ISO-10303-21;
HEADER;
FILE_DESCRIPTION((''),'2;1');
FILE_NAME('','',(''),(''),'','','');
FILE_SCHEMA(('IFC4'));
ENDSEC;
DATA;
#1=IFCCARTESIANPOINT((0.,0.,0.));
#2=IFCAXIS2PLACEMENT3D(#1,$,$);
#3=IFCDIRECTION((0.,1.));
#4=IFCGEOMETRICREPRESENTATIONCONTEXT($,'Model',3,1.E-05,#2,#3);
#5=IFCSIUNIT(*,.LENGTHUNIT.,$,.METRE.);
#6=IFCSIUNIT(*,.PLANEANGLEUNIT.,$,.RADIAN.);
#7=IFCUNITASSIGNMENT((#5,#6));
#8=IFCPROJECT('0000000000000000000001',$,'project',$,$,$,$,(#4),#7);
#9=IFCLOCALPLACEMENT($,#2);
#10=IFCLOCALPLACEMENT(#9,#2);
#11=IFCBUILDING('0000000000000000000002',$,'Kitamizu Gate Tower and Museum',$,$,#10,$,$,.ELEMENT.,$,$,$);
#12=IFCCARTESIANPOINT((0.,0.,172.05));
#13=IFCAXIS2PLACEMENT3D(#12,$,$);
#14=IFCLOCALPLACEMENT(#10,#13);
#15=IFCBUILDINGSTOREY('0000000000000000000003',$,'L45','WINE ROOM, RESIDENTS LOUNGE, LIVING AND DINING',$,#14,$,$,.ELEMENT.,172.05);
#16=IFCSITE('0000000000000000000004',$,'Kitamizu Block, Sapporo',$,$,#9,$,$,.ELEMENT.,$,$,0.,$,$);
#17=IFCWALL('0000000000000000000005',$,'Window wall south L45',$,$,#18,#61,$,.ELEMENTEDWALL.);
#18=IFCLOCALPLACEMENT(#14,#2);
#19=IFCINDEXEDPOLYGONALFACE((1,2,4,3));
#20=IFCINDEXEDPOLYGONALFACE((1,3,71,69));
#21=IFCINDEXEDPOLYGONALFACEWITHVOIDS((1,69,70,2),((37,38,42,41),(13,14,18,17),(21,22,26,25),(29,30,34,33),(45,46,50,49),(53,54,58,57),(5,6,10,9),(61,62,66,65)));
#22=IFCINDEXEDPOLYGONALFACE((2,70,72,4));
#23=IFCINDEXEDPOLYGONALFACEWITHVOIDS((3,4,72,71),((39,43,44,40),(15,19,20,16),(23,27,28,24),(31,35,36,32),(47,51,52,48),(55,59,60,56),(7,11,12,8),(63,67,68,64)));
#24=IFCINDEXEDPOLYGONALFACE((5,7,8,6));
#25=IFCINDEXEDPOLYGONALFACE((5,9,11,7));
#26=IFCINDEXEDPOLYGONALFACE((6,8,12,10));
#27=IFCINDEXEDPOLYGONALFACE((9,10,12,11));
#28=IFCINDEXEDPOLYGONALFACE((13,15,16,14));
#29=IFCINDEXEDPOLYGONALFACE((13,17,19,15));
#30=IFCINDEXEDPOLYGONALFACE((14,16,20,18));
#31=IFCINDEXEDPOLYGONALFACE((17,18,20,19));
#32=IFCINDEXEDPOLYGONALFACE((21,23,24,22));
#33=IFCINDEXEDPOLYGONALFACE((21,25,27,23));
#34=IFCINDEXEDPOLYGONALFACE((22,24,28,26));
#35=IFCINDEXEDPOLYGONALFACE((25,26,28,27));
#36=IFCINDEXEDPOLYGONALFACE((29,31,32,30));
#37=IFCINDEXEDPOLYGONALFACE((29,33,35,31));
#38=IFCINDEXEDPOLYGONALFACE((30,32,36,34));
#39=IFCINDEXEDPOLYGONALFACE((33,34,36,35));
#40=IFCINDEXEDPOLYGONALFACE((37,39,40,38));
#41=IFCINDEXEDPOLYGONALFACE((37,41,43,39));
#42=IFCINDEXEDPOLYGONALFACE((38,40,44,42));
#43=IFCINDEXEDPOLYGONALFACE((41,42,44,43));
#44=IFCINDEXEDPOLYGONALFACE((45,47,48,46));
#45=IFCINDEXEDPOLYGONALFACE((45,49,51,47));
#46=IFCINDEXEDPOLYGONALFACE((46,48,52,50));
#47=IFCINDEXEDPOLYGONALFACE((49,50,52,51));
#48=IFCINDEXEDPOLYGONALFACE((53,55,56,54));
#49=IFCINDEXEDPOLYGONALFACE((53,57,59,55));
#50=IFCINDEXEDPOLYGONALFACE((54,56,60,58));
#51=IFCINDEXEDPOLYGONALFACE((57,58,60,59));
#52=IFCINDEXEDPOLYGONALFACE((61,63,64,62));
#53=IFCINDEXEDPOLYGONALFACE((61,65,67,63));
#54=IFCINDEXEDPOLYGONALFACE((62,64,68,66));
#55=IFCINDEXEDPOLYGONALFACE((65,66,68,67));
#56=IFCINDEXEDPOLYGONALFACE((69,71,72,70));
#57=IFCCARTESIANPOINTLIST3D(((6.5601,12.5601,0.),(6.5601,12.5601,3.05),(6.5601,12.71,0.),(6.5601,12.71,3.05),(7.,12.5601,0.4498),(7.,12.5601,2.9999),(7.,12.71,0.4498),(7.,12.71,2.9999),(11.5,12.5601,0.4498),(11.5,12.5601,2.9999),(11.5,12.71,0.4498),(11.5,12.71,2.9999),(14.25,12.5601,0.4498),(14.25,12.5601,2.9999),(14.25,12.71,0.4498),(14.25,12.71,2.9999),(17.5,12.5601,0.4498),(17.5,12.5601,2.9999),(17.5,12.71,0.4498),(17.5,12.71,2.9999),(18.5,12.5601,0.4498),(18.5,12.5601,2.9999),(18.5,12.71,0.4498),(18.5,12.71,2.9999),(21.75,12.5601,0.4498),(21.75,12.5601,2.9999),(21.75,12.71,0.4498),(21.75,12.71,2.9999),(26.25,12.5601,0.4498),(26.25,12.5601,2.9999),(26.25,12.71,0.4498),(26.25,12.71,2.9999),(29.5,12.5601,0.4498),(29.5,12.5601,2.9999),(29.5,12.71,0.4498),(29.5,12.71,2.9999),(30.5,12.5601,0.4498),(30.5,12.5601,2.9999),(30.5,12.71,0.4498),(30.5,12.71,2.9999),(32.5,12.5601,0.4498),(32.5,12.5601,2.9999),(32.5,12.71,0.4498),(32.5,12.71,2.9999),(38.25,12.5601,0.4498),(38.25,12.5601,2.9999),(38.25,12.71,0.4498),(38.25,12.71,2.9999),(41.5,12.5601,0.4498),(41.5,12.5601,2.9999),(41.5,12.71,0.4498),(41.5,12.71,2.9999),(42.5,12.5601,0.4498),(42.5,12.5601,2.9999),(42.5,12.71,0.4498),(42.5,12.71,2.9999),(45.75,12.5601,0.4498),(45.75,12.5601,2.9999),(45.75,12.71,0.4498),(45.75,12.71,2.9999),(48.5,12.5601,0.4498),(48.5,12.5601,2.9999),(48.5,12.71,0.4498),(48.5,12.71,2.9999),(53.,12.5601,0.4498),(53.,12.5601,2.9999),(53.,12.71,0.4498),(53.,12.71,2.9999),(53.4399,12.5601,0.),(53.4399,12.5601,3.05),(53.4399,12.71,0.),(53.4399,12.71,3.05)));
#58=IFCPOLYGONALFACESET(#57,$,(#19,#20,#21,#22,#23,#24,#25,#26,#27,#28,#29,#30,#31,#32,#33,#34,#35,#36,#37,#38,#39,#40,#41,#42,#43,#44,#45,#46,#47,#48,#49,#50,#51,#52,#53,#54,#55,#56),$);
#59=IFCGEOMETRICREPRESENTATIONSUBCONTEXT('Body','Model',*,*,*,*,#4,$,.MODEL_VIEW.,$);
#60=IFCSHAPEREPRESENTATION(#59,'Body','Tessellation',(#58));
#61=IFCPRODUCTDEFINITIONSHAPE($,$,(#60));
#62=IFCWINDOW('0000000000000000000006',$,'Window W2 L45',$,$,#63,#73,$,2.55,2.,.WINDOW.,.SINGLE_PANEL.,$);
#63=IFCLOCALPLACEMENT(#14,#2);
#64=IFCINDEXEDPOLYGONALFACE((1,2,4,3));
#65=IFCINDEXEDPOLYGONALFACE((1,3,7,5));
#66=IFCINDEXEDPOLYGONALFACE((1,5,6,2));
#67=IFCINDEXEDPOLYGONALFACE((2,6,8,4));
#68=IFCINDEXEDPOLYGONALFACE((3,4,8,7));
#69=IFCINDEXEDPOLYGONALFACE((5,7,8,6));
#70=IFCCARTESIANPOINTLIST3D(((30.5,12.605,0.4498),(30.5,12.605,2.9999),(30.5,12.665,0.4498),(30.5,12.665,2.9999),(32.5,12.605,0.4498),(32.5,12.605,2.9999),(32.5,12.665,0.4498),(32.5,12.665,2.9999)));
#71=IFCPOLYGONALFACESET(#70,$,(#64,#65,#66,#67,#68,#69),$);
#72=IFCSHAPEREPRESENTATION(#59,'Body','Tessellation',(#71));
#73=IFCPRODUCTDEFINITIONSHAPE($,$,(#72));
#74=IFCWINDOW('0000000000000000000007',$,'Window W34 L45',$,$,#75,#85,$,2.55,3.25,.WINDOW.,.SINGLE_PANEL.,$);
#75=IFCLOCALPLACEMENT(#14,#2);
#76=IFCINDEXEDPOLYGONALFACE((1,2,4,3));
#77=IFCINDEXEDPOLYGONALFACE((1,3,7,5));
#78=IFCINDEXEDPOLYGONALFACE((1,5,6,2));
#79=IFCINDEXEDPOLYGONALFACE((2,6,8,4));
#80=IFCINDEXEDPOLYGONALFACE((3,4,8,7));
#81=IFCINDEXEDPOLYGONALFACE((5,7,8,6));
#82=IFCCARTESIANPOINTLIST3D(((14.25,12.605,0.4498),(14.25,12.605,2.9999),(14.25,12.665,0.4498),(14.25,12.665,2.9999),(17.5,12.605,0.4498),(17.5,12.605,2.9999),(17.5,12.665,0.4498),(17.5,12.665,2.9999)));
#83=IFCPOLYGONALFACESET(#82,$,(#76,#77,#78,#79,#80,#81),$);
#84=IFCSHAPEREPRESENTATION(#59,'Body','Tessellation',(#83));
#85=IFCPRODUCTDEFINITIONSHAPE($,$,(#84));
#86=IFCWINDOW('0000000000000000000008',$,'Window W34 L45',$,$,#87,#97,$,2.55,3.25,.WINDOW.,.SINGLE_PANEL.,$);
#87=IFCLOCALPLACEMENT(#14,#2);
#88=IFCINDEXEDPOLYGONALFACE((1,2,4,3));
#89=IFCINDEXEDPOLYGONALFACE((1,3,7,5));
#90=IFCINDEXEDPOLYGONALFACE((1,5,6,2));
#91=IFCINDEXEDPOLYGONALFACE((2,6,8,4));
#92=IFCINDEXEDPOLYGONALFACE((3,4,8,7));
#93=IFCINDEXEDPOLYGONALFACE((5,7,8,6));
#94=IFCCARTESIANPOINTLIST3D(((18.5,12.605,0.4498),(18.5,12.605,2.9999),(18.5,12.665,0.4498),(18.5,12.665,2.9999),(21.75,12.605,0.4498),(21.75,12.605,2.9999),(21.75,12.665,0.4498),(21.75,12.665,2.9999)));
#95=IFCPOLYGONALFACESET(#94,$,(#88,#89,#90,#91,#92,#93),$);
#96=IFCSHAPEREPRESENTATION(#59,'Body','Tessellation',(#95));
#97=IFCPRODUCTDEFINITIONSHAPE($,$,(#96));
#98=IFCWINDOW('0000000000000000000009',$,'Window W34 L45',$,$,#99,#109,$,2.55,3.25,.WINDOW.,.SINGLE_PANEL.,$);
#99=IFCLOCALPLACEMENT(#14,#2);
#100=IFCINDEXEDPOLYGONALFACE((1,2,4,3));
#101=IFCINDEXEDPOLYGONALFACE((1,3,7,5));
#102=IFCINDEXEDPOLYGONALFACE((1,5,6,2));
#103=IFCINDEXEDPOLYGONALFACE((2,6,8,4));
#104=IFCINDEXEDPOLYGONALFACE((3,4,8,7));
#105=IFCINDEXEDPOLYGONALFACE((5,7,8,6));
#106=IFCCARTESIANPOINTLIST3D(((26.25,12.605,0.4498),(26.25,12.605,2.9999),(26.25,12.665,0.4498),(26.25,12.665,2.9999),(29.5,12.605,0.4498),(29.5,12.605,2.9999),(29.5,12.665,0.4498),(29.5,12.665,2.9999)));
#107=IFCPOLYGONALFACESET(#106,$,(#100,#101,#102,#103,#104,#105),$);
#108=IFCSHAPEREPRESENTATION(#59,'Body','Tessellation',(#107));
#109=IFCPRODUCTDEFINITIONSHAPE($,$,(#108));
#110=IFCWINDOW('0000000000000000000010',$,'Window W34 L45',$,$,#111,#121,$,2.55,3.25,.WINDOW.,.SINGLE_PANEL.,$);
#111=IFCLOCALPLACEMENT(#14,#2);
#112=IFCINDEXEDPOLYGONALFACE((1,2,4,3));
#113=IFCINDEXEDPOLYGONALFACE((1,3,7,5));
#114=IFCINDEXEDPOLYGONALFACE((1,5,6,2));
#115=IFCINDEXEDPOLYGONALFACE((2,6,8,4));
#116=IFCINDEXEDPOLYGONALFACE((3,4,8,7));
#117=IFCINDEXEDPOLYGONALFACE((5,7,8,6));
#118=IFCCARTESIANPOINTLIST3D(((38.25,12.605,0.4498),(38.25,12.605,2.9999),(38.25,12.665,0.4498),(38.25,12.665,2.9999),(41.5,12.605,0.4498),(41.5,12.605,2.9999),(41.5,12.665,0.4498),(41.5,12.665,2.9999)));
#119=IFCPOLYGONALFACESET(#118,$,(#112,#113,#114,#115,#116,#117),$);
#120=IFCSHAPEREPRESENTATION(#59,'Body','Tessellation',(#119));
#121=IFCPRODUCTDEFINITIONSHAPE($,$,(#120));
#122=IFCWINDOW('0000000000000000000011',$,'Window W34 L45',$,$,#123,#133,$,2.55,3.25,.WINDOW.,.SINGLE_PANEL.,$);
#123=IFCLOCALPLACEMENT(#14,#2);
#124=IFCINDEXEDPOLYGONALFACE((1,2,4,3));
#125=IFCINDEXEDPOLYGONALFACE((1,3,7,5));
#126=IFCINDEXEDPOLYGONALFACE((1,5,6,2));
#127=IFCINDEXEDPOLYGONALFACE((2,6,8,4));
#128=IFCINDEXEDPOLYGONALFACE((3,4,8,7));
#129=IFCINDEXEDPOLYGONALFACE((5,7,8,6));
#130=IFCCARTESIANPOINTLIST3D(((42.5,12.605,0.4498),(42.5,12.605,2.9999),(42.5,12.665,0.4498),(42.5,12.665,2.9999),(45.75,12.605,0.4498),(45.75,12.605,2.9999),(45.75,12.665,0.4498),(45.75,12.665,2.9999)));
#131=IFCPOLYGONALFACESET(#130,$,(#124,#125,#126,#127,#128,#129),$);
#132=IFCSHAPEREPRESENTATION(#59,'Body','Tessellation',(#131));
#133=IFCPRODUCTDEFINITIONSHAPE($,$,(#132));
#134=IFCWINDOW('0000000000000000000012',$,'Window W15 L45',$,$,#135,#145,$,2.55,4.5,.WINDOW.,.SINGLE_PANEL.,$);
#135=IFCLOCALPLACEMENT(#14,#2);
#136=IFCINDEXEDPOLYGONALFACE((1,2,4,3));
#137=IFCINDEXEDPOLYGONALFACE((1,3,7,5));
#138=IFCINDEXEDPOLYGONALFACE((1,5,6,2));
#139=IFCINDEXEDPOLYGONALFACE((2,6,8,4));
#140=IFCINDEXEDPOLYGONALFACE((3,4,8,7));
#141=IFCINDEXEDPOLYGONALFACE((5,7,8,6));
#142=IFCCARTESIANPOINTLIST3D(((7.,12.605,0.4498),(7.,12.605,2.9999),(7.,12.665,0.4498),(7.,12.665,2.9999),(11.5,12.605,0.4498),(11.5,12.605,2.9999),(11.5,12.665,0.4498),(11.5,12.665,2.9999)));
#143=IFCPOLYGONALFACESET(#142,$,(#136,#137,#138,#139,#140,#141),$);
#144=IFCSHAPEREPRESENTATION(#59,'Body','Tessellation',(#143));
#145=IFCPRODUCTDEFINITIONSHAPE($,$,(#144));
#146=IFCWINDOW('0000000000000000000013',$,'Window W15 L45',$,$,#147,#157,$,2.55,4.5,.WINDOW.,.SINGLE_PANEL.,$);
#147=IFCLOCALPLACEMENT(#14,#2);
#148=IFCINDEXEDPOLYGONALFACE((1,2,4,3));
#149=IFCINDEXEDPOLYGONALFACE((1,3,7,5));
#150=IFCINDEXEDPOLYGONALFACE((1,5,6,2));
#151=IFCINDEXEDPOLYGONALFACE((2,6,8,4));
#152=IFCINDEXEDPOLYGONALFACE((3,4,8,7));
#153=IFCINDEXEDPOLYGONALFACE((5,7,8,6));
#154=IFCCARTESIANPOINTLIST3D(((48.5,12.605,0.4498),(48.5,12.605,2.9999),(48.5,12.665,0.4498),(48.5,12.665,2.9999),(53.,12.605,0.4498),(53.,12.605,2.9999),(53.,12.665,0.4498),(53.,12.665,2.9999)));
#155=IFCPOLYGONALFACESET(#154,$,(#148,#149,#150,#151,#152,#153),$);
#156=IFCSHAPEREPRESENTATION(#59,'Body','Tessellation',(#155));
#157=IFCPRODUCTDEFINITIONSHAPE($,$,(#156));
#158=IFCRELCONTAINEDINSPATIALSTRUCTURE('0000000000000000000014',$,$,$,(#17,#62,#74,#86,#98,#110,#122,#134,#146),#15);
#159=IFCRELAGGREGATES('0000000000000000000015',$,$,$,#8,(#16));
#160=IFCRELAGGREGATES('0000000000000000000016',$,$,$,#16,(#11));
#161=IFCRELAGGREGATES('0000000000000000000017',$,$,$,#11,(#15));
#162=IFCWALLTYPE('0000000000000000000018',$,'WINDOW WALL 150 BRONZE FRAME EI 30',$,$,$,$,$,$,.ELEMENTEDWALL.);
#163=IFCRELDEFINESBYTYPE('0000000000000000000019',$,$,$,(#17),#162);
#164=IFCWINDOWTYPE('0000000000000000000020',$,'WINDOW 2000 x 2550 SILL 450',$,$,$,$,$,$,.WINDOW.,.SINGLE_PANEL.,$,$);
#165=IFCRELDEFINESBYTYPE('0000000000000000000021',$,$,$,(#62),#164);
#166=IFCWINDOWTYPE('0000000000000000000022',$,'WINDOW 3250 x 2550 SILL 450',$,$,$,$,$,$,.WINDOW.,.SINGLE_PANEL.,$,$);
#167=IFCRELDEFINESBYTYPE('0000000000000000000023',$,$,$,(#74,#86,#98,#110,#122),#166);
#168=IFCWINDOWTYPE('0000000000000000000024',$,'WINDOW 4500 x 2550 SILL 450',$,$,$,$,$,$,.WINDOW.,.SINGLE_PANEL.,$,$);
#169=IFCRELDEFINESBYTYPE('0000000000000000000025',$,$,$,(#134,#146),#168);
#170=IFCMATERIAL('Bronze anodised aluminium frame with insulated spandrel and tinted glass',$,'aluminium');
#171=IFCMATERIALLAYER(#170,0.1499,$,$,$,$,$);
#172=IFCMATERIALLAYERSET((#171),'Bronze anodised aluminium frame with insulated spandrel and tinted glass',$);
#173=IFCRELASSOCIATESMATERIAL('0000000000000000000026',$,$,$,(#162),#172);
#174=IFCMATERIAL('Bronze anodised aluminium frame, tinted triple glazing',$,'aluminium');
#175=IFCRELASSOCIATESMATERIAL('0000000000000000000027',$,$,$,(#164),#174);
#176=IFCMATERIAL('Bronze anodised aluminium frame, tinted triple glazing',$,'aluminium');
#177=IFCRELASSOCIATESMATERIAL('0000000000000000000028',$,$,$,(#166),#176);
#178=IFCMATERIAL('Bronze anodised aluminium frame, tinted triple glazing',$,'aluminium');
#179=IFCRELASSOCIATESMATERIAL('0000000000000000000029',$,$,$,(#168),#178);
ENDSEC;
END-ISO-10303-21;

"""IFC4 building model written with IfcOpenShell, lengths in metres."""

from ifc_helpers import new_model, si_unit, direction, frame, frame_2d, origin, place, context, subcontext, project, spatial, rectangle, extrude, material, layer, layer_set, type_object, element, fill, save


model = new_model("IFC4")

# Units and contexts
model_context = context("Model", 3, precision=1e-05, world=origin(), true_north=direction((0.0, 1.0)))
body_context = subcontext(model_context, "Body", "Model", "MODEL_VIEW")
ifc_project = project(units=[si_unit("LENGTHUNIT", "METRE"), si_unit("PLANEANGLEUNIT", "RADIAN")], contexts=[model_context])

# Site, building, storey
site_placement = place(None, origin())
site = spatial("IfcSite", under=ifc_project, at=site_placement, Name="Kitamizu Block, Sapporo", CompositionType="ELEMENT", RefElevation=0.0)
building_placement = place(site_placement, origin())
building = spatial("IfcBuilding", under=site, at=building_placement, Name="Kitamizu Gate Tower and Museum", CompositionType="ELEMENT")
storey_placement = place(building_placement, frame((0.0, 0.0, 172.05)))
storey = spatial("IfcBuildingStorey", under=building, at=storey_placement, Name="L45", Description="WINE ROOM, RESIDENTS LOUNGE, LIVING AND DINING", CompositionType="ELEMENT", Elevation=172.05)

# Wall, openings, windows
ifc_material_1 = material(Name="Bronze anodised aluminium frame with insulated spandrel and tinted glass", Category="aluminium")
ifc_layer_1 = layer(ifc_material_1, 0.1499)
ifc_layer_set_1 = layer_set([ifc_layer_1], Name="Bronze anodised aluminium frame with insulated spandrel and tinted glass")
wall_type = type_object("IfcWallType", Name="WINDOW WALL 150 BRONZE FRAME EI 30", PredefinedType="ELEMENTEDWALL", material=ifc_layer_set_1)
wall_1_placement = place(storey_placement, frame((6.5601, 12.635, 0.0), z_axis=(0.0, 0.0, 1.0), x_axis=(1.0, 0.0, 0.0)))
wall_1 = element("IfcWall", 1, at=wall_1_placement, inside=storey, type_object=wall_type, Name="Window wall south L45", PredefinedType="ELEMENTEDWALL", context=body_context, shape_type="SweptSolid", body=[
    extrude(rectangle(XDim=46.8799, YDim=0.1499, at=frame_2d((23.4399, 0.0))), origin(), (0.0, 0.0, 1.0), 3.05),
])
opening_1_placement = place(wall_1_placement, frame((0.4399, 0.0, 0.45)))
opening_1 = element("IfcOpeningElement", 2, at=opening_1_placement, cuts=wall_1, PredefinedType="OPENING", context=body_context, shape_type="SweptSolid", body=[
    extrude(rectangle(XDim=4.5, YDim=2.55, at=frame_2d((2.25, 1.2749))), frame((0.0, 0.085, 0.0), z_axis=(0.0, -1.0, 0.0), x_axis=(1.0, 0.0, 0.0)), (0.0, 0.0, 1.0), 0.1699),
])
opening_2_placement = place(wall_1_placement, frame((7.6899, 0.0, 0.45)))
opening_2 = element("IfcOpeningElement", 3, at=opening_2_placement, cuts=wall_1, PredefinedType="OPENING", context=body_context, shape_type="SweptSolid", body=[
    extrude(rectangle(XDim=3.25, YDim=2.55, at=frame_2d((1.625, 1.2749))), frame((0.0, 0.085, 0.0), z_axis=(0.0, -1.0, 0.0), x_axis=(1.0, 0.0, 0.0)), (0.0, 0.0, 1.0), 0.1699),
])
opening_3_placement = place(wall_1_placement, frame((11.9399, 0.0, 0.45)))
opening_3 = element("IfcOpeningElement", 4, at=opening_3_placement, cuts=wall_1, PredefinedType="OPENING", context=body_context, shape_type="SweptSolid", body=[
    extrude(rectangle(XDim=3.25, YDim=2.55, at=frame_2d((1.625, 1.2749))), frame((0.0, 0.085, 0.0), z_axis=(0.0, -1.0, 0.0), x_axis=(1.0, 0.0, 0.0)), (0.0, 0.0, 1.0), 0.1699),
])
opening_4_placement = place(wall_1_placement, frame((19.6899, 0.0, 0.45)))
opening_4 = element("IfcOpeningElement", 5, at=opening_4_placement, cuts=wall_1, PredefinedType="OPENING", context=body_context, shape_type="SweptSolid", body=[
    extrude(rectangle(XDim=3.25, YDim=2.55, at=frame_2d((1.625, 1.2749))), frame((0.0, 0.085, 0.0), z_axis=(0.0, -1.0, 0.0), x_axis=(1.0, 0.0, 0.0)), (0.0, 0.0, 1.0), 0.1699),
])
opening_5_placement = place(wall_1_placement, frame((23.9399, 0.0, 0.45)))
opening_5 = element("IfcOpeningElement", 6, at=opening_5_placement, cuts=wall_1, PredefinedType="OPENING", context=body_context, shape_type="SweptSolid", body=[
    extrude(rectangle(XDim=2.0, YDim=2.55, at=frame_2d((1.0, 1.2749))), frame((0.0, 0.085, 0.0), z_axis=(0.0, -1.0, 0.0), x_axis=(1.0, 0.0, 0.0)), (0.0, 0.0, 1.0), 0.1699),
])
opening_6_placement = place(wall_1_placement, frame((31.6899, 0.0, 0.45)))
opening_6 = element("IfcOpeningElement", 7, at=opening_6_placement, cuts=wall_1, PredefinedType="OPENING", context=body_context, shape_type="SweptSolid", body=[
    extrude(rectangle(XDim=3.25, YDim=2.55, at=frame_2d((1.625, 1.2749))), frame((0.0, 0.085, 0.0), z_axis=(0.0, -1.0, 0.0), x_axis=(1.0, 0.0, 0.0)), (0.0, 0.0, 1.0), 0.1699),
])
opening_7_placement = place(wall_1_placement, frame((35.9399, 0.0, 0.45)))
opening_7 = element("IfcOpeningElement", 8, at=opening_7_placement, cuts=wall_1, PredefinedType="OPENING", context=body_context, shape_type="SweptSolid", body=[
    extrude(rectangle(XDim=3.25, YDim=2.55, at=frame_2d((1.625, 1.2749))), frame((0.0, 0.085, 0.0), z_axis=(0.0, -1.0, 0.0), x_axis=(1.0, 0.0, 0.0)), (0.0, 0.0, 1.0), 0.1699),
])
opening_8_placement = place(wall_1_placement, frame((41.9399, 0.0, 0.45)))
opening_8 = element("IfcOpeningElement", 9, at=opening_8_placement, cuts=wall_1, PredefinedType="OPENING", context=body_context, shape_type="SweptSolid", body=[
    extrude(rectangle(XDim=4.5, YDim=2.55, at=frame_2d((2.25, 1.2749))), frame((0.0, 0.085, 0.0), z_axis=(0.0, -1.0, 0.0), x_axis=(1.0, 0.0, 0.0)), (0.0, 0.0, 1.0), 0.1699),
])
ifc_material_2 = material(Name="Bronze anodised aluminium frame, tinted triple glazing", Category="aluminium")
window_type_1 = type_object("IfcWindowType", Name="WINDOW 2000 x 2550 SILL 450", PartitioningType="SINGLE_PANEL", PredefinedType="WINDOW", material=ifc_material_2)
window_1_placement = place(opening_5_placement, origin())
window_1 = element("IfcWindow", 10, at=window_1_placement, inside=storey, type_object=window_type_1, Name="Window W2 L45", OverallHeight=2.55, OverallWidth=2.0, PartitioningType="SINGLE_PANEL", PredefinedType="WINDOW", context=body_context, shape_type="SweptSolid", body=[
    extrude(rectangle(XDim=2.0, YDim=2.55, at=frame_2d((1.0, 1.2749))), frame((0.0, 0.03, 0.0), z_axis=(0.0, -1.0, 0.0), x_axis=(1.0, 0.0, 0.0)), (0.0, 0.0, 1.0), 0.0601),
])
fill(opening_5, window_1)
ifc_material_3 = material(Name="Bronze anodised aluminium frame, tinted triple glazing", Category="aluminium")
window_type_2 = type_object("IfcWindowType", Name="WINDOW 3250 x 2550 SILL 450", PartitioningType="SINGLE_PANEL", PredefinedType="WINDOW", material=ifc_material_3)
window_2_placement = place(opening_2_placement, origin())
window_2 = element("IfcWindow", 11, at=window_2_placement, inside=storey, type_object=window_type_2, Name="Window W34 L45", OverallHeight=2.55, OverallWidth=3.25, PartitioningType="SINGLE_PANEL", PredefinedType="WINDOW", context=body_context, shape_type="SweptSolid", body=[
    extrude(rectangle(XDim=3.25, YDim=2.55, at=frame_2d((1.625, 1.2749))), frame((0.0, 0.03, 0.0), z_axis=(0.0, -1.0, 0.0), x_axis=(1.0, 0.0, 0.0)), (0.0, 0.0, 1.0), 0.0601),
])
fill(opening_2, window_2)
window_3_placement = place(opening_3_placement, origin())
window_3 = element("IfcWindow", 12, at=window_3_placement, inside=storey, type_object=window_type_2, Name="Window W34 L45", OverallHeight=2.55, OverallWidth=3.25, PartitioningType="SINGLE_PANEL", PredefinedType="WINDOW", context=body_context, shape_type="SweptSolid", body=[
    extrude(rectangle(XDim=3.25, YDim=2.55, at=frame_2d((1.625, 1.2749))), frame((0.0, 0.03, 0.0), z_axis=(0.0, -1.0, 0.0), x_axis=(1.0, 0.0, 0.0)), (0.0, 0.0, 1.0), 0.0601),
])
fill(opening_3, window_3)
window_4_placement = place(opening_4_placement, origin())
window_4 = element("IfcWindow", 13, at=window_4_placement, inside=storey, type_object=window_type_2, Name="Window W34 L45", OverallHeight=2.55, OverallWidth=3.25, PartitioningType="SINGLE_PANEL", PredefinedType="WINDOW", context=body_context, shape_type="SweptSolid", body=[
    extrude(rectangle(XDim=3.25, YDim=2.55, at=frame_2d((1.625, 1.2749))), frame((0.0, 0.03, 0.0), z_axis=(0.0, -1.0, 0.0), x_axis=(1.0, 0.0, 0.0)), (0.0, 0.0, 1.0), 0.0601),
])
fill(opening_4, window_4)
window_5_placement = place(opening_6_placement, origin())
window_5 = element("IfcWindow", 14, at=window_5_placement, inside=storey, type_object=window_type_2, Name="Window W34 L45", OverallHeight=2.55, OverallWidth=3.25, PartitioningType="SINGLE_PANEL", PredefinedType="WINDOW", context=body_context, shape_type="SweptSolid", body=[
    extrude(rectangle(XDim=3.25, YDim=2.55, at=frame_2d((1.625, 1.2749))), frame((0.0, 0.03, 0.0), z_axis=(0.0, -1.0, 0.0), x_axis=(1.0, 0.0, 0.0)), (0.0, 0.0, 1.0), 0.0601),
])
fill(opening_6, window_5)
window_6_placement = place(opening_7_placement, origin())
window_6 = element("IfcWindow", 15, at=window_6_placement, inside=storey, type_object=window_type_2, Name="Window W34 L45", OverallHeight=2.55, OverallWidth=3.25, PartitioningType="SINGLE_PANEL", PredefinedType="WINDOW", context=body_context, shape_type="SweptSolid", body=[
    extrude(rectangle(XDim=3.25, YDim=2.55, at=frame_2d((1.625, 1.2749))), frame((0.0, 0.03, 0.0), z_axis=(0.0, -1.0, 0.0), x_axis=(1.0, 0.0, 0.0)), (0.0, 0.0, 1.0), 0.0601),
])
fill(opening_7, window_6)
ifc_material_4 = material(Name="Bronze anodised aluminium frame, tinted triple glazing", Category="aluminium")
window_type_3 = type_object("IfcWindowType", Name="WINDOW 4500 x 2550 SILL 450", PartitioningType="SINGLE_PANEL", PredefinedType="WINDOW", material=ifc_material_4)
window_7_placement = place(opening_1_placement, origin())
window_7 = element("IfcWindow", 16, at=window_7_placement, inside=storey, type_object=window_type_3, Name="Window W15 L45", OverallHeight=2.55, OverallWidth=4.5, PartitioningType="SINGLE_PANEL", PredefinedType="WINDOW", context=body_context, shape_type="SweptSolid", body=[
    extrude(rectangle(XDim=4.5, YDim=2.55, at=frame_2d((2.25, 1.2749))), frame((0.0, 0.03, 0.0), z_axis=(0.0, -1.0, 0.0), x_axis=(1.0, 0.0, 0.0)), (0.0, 0.0, 1.0), 0.0601),
])
fill(opening_1, window_7)
window_8_placement = place(opening_8_placement, origin())
window_8 = element("IfcWindow", 17, at=window_8_placement, inside=storey, type_object=window_type_3, Name="Window W15 L45", OverallHeight=2.55, OverallWidth=4.5, PartitioningType="SINGLE_PANEL", PredefinedType="WINDOW", context=body_context, shape_type="SweptSolid", body=[
    extrude(rectangle(XDim=4.5, YDim=2.55, at=frame_2d((2.25, 1.2749))), frame((0.0, 0.03, 0.0), z_axis=(0.0, -1.0, 0.0), x_axis=(1.0, 0.0, 0.0)), (0.0, 0.0, 1.0), 0.0601),
])
fill(opening_8, window_8)

save(model, "model.ifc")
